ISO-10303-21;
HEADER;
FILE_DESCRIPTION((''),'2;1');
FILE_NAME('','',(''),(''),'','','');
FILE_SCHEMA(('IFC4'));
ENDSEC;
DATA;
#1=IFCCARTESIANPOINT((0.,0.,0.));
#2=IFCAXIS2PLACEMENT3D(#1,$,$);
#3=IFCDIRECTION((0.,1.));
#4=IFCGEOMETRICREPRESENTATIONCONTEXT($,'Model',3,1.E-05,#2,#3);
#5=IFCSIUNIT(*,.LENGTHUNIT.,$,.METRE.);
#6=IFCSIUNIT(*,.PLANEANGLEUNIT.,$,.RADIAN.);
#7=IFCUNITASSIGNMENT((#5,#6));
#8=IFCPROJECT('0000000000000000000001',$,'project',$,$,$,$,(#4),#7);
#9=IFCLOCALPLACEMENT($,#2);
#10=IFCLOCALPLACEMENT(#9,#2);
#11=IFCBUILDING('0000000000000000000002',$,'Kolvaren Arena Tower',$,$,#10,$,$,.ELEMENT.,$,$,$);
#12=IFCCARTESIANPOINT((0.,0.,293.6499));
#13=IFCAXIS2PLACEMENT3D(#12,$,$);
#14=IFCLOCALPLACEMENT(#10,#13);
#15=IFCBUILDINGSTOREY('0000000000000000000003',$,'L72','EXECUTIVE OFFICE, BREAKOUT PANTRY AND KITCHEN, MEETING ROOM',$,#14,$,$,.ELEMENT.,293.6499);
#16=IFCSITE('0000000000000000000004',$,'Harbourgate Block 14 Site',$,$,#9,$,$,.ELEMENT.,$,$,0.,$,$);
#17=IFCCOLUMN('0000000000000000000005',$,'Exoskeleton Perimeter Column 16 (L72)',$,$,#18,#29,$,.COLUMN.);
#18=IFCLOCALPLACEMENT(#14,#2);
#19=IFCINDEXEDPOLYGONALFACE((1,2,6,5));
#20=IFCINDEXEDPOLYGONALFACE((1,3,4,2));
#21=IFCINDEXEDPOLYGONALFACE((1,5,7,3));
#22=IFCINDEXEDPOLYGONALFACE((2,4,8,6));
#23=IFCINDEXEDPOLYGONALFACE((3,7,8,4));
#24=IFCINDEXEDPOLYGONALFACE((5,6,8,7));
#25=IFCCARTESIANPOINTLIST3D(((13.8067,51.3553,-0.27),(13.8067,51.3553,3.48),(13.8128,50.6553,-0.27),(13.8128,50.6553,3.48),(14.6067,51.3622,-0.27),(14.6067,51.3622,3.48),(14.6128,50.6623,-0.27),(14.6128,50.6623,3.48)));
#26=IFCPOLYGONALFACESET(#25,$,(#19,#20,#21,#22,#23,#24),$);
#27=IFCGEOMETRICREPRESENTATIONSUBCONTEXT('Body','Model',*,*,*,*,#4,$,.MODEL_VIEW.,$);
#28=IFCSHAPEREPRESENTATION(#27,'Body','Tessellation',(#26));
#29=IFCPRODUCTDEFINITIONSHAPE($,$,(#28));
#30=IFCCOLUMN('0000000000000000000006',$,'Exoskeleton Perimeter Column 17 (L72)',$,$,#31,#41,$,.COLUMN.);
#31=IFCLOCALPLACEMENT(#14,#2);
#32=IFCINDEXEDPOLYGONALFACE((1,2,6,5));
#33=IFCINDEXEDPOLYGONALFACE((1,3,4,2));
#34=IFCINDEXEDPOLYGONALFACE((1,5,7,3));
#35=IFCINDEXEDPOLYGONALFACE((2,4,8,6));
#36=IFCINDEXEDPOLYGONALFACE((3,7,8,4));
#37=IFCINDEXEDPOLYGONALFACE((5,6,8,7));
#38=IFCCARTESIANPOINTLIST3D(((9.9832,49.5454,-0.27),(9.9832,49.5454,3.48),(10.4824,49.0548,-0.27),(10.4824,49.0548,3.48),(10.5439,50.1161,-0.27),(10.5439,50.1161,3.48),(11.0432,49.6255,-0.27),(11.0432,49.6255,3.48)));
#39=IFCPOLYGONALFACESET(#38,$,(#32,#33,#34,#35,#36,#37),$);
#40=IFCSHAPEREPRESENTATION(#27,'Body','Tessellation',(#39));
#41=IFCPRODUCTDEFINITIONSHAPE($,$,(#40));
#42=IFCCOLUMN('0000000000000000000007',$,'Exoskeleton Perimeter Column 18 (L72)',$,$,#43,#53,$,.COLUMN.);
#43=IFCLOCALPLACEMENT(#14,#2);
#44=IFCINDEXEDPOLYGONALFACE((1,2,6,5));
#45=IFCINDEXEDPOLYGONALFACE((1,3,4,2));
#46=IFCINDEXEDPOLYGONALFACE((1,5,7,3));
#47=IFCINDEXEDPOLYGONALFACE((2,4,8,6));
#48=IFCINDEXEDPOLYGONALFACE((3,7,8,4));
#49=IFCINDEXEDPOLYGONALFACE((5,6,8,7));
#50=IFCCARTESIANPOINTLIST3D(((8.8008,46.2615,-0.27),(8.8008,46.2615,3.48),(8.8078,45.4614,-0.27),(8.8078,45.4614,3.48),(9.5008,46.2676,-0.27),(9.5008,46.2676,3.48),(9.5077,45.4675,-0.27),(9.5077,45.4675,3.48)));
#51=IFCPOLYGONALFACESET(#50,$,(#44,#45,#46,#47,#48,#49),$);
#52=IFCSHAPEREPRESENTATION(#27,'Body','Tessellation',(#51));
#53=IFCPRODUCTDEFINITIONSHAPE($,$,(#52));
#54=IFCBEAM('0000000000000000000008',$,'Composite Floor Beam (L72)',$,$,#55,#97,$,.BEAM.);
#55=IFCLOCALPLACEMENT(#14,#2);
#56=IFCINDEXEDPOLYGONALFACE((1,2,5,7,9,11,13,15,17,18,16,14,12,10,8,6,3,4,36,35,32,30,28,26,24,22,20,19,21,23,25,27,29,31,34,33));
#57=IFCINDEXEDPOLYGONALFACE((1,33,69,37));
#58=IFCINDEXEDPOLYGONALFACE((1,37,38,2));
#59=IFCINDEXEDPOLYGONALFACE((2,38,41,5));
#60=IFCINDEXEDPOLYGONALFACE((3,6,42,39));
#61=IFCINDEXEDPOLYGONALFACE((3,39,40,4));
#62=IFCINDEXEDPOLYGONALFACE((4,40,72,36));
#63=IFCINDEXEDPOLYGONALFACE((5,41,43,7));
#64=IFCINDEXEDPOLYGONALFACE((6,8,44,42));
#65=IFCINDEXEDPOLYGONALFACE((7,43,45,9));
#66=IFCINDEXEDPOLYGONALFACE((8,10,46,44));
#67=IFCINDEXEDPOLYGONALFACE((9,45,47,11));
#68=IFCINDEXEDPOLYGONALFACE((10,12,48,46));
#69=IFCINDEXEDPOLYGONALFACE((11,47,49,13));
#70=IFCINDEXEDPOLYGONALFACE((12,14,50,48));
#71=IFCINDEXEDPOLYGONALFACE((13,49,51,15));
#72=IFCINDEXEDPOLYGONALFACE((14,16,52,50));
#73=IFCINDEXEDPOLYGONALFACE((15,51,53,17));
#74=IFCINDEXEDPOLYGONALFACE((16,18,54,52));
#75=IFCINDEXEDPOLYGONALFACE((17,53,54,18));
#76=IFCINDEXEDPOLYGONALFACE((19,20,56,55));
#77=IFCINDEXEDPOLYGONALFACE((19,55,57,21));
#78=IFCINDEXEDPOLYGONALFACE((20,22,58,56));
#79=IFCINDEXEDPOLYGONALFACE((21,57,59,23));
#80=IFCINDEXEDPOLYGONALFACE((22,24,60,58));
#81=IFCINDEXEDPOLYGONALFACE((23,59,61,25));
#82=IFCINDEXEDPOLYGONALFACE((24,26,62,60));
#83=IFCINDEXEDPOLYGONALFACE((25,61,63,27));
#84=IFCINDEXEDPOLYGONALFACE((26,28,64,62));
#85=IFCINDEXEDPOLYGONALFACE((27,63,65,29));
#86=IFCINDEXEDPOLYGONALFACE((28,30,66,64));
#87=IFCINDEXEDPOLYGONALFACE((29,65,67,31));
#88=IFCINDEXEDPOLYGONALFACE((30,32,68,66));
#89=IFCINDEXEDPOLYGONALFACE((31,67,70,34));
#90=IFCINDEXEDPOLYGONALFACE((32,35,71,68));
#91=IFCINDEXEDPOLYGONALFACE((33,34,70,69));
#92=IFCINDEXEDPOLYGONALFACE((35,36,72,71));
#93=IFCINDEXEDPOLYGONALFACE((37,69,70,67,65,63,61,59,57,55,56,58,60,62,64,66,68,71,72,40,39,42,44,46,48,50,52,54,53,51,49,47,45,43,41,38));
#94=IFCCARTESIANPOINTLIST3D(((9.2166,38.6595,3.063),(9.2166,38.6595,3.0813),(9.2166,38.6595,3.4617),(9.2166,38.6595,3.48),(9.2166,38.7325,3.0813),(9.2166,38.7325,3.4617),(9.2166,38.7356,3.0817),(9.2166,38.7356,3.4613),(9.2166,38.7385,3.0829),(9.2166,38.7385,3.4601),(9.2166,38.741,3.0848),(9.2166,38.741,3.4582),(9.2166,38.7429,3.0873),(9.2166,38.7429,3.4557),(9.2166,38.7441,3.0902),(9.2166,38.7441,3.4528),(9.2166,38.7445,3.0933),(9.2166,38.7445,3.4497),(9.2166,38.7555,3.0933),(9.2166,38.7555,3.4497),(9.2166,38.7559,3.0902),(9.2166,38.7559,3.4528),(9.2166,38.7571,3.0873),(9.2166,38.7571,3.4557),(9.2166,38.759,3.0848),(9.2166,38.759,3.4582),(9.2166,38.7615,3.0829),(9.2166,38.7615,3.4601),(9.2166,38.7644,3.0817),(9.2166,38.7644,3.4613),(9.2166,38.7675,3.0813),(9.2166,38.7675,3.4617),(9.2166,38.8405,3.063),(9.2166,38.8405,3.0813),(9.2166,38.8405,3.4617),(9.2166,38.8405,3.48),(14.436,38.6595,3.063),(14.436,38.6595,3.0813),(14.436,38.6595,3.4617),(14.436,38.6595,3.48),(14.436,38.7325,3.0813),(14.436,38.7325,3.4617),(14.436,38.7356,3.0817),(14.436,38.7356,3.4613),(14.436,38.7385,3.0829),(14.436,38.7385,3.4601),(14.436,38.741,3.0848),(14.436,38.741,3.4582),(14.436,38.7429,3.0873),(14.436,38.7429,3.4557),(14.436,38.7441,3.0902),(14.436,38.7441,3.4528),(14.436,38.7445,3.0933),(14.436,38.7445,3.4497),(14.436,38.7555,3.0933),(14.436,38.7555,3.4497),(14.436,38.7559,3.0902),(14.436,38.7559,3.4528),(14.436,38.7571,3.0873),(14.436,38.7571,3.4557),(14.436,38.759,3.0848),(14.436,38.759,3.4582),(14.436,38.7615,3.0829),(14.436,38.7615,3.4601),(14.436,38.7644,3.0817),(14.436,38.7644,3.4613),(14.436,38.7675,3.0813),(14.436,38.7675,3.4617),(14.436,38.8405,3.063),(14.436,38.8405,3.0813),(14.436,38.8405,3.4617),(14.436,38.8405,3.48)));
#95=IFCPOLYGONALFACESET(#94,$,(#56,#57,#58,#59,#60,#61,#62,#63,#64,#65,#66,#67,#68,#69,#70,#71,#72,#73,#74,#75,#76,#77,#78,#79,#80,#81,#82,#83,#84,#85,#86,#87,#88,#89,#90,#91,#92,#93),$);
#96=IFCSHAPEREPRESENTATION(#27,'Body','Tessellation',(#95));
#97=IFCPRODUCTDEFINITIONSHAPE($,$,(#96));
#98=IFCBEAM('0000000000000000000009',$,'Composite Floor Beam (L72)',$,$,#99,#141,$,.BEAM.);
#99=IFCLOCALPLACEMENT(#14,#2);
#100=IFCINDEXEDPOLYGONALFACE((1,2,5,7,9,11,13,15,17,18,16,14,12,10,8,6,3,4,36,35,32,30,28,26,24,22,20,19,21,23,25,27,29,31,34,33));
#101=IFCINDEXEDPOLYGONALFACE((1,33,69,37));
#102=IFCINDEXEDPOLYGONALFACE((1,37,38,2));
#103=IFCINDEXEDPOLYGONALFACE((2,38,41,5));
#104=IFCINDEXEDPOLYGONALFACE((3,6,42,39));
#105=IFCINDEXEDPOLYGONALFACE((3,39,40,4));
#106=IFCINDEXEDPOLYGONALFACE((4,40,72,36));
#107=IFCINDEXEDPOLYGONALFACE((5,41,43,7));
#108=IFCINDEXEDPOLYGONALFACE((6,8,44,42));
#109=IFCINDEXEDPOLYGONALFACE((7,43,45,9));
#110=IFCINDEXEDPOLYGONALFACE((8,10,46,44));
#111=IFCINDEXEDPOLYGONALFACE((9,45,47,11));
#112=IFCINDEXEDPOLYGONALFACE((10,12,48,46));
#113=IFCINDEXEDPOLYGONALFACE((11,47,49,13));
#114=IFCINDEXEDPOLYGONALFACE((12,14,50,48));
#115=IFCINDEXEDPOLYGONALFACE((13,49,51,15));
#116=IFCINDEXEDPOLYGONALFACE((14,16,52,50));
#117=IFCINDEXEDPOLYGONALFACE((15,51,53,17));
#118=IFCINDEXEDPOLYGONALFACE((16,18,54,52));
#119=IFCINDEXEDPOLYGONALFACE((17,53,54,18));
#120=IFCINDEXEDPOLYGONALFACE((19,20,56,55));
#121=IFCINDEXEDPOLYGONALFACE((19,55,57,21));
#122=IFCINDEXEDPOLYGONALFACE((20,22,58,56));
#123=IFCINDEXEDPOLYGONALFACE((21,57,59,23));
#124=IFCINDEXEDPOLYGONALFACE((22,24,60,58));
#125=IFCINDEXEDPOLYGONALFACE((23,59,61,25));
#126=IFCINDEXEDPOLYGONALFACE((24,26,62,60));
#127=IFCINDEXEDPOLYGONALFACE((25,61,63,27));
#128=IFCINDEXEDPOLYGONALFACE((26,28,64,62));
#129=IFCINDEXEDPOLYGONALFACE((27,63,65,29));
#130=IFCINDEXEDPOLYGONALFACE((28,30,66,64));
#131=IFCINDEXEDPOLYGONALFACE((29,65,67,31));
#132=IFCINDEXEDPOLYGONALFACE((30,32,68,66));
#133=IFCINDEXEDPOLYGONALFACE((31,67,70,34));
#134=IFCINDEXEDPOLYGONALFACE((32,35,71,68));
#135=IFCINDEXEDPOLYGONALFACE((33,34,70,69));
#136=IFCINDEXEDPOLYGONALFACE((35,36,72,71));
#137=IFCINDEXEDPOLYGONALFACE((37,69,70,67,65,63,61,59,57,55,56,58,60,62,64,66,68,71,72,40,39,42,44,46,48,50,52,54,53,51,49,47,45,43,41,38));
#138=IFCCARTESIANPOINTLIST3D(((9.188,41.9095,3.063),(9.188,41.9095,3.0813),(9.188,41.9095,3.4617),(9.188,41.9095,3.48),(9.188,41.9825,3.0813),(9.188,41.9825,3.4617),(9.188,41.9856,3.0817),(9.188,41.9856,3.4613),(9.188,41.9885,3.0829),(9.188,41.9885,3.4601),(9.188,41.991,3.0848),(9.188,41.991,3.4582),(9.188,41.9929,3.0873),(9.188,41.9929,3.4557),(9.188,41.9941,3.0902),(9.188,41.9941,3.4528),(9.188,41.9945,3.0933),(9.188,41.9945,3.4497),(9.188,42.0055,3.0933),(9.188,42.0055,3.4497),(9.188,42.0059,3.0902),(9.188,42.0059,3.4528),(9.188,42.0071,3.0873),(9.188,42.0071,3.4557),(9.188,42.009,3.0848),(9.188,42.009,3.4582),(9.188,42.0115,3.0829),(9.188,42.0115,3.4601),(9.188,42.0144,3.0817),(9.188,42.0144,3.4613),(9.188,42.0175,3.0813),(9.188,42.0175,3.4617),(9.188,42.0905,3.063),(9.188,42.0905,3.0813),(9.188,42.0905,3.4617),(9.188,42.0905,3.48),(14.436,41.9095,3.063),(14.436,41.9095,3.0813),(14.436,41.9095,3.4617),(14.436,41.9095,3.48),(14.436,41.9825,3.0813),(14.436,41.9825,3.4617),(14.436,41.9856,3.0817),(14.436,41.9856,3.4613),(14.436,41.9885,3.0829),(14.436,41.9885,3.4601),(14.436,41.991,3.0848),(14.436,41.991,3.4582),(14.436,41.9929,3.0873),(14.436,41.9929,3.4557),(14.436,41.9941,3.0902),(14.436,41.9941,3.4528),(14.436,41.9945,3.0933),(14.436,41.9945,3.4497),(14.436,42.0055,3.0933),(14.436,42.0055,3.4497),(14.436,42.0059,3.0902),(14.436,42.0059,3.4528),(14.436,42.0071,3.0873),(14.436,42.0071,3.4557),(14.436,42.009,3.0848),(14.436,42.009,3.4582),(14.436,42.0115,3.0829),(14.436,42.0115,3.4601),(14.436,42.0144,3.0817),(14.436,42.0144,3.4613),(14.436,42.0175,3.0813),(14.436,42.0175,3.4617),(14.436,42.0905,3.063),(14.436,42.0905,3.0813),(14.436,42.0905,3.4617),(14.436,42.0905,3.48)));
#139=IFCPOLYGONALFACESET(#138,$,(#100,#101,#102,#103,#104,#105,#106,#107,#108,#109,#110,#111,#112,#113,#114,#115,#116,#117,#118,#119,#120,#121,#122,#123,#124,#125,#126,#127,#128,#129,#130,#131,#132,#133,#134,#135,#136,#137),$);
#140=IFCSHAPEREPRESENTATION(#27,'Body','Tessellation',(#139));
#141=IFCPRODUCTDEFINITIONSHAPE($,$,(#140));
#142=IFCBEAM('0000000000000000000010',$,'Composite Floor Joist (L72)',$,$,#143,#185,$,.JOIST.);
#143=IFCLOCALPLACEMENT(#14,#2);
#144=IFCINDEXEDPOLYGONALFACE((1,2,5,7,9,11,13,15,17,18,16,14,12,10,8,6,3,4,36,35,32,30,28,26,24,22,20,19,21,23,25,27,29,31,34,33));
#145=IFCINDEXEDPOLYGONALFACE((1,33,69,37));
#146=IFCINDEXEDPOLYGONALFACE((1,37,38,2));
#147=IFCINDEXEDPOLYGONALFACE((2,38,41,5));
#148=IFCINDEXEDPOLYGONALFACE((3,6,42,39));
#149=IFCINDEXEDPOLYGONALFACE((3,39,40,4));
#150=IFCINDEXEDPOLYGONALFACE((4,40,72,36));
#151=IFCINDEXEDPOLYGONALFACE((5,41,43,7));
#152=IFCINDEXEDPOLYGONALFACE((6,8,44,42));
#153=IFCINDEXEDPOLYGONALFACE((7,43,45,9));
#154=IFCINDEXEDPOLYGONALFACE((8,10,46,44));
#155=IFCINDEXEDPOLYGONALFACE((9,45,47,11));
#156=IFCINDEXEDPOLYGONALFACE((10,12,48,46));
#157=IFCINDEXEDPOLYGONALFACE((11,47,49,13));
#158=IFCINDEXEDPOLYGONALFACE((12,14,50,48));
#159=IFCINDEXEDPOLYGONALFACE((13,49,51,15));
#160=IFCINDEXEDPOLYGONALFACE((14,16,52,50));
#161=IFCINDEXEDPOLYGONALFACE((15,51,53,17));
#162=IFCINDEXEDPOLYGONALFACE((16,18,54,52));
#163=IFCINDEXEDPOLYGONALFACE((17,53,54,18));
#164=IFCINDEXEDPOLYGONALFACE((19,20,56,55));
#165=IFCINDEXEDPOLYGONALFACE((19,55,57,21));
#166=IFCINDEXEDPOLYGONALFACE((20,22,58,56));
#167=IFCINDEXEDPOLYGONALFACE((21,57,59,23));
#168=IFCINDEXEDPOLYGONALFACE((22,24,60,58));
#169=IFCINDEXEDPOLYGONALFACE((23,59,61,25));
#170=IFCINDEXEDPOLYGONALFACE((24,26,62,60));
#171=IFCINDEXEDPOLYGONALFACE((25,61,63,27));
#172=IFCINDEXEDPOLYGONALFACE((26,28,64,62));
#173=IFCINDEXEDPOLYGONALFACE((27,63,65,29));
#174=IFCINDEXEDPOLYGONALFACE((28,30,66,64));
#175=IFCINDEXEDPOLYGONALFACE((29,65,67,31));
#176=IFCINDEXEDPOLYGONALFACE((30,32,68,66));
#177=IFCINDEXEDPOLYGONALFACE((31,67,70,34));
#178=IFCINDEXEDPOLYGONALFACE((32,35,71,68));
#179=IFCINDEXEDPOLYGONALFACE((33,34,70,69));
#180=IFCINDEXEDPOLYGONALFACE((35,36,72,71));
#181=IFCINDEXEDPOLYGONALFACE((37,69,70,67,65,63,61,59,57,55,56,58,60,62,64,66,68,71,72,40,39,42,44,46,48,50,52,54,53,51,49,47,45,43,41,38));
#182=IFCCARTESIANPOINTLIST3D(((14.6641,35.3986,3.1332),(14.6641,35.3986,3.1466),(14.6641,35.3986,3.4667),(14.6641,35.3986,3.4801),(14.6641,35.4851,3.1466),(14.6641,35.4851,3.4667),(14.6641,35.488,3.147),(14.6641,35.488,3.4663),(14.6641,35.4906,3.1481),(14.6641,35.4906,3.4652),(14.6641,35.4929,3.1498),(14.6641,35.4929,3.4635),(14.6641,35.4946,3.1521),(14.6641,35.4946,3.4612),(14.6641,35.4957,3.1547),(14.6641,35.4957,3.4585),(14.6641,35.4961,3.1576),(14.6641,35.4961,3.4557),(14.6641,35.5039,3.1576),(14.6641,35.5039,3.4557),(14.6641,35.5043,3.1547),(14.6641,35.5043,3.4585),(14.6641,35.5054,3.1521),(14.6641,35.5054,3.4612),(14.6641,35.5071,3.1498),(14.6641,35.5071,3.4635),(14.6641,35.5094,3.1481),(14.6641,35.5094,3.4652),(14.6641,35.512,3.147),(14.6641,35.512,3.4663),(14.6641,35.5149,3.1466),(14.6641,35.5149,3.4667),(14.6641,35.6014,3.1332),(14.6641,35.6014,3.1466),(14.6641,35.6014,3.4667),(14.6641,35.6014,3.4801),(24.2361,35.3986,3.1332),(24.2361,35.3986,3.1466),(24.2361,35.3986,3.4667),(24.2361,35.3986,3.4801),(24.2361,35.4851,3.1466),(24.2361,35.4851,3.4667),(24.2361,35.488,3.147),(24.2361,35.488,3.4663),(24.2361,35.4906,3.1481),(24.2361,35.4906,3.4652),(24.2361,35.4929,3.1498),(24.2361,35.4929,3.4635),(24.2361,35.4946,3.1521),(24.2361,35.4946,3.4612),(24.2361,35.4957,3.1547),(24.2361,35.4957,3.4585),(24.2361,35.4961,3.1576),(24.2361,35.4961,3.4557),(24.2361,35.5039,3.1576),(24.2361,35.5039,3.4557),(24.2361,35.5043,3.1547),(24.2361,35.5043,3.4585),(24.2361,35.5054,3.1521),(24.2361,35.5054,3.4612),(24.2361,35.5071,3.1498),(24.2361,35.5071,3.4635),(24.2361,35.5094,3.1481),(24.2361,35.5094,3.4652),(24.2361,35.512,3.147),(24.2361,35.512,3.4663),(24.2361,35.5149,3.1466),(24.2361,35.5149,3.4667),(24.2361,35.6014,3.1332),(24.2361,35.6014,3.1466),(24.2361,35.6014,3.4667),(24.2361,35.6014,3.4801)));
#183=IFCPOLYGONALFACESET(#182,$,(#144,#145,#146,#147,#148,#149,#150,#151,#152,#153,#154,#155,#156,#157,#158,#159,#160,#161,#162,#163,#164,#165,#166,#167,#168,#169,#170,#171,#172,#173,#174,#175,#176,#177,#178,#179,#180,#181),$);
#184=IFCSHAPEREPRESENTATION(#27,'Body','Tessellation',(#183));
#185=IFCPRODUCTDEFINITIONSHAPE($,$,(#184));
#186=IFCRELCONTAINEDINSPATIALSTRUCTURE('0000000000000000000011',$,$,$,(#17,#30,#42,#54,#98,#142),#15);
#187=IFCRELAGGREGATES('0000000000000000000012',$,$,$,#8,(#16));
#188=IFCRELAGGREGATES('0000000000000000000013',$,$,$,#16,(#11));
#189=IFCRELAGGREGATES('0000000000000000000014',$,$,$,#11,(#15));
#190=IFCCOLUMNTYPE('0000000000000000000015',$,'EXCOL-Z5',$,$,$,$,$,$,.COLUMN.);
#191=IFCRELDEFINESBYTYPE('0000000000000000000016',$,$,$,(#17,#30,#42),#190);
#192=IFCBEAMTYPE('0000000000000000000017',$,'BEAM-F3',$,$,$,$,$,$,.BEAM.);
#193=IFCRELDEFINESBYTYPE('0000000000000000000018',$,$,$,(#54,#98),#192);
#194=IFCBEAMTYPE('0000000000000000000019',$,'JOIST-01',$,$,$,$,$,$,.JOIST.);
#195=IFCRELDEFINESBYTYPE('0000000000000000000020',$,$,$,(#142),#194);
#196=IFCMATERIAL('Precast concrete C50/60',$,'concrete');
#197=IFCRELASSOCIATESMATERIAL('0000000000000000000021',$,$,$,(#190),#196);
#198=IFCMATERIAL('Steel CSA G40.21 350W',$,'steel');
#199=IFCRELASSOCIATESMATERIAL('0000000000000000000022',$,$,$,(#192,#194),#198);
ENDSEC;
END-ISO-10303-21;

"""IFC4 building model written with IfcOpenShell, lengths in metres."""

from ifc_helpers import new_model, si_unit, direction, frame, origin, origin_2d, place, context, subcontext, project, spatial, rectangle, i_section, extrude, material, material_profile, profile_set, type_object, element, save


model = new_model("IFC4")

# Units and contexts
model_context = context("Model", 3, precision=1e-05, world=origin(), true_north=direction((0.0, 1.0)))
body_context = subcontext(model_context, "Body", "Model", "MODEL_VIEW")
ifc_project = project(units=[si_unit("LENGTHUNIT", "METRE"), si_unit("PLANEANGLEUNIT", "RADIAN")], contexts=[model_context])

# Site, building, storey
site_placement = place(None, origin())
site = spatial("IfcSite", under=ifc_project, at=site_placement, Name="Harbourgate Block 14 Site", CompositionType="ELEMENT", RefElevation=0.0)
building_placement = place(site_placement, origin())
building = spatial("IfcBuilding", under=site, at=building_placement, Name="Kolvaren Arena Tower", CompositionType="ELEMENT")
storey_placement = place(building_placement, frame((0.0, 0.0, 293.6499)))
storey = spatial("IfcBuildingStorey", under=building, at=storey_placement, Name="L72", Description="EXECUTIVE OFFICE, BREAKOUT PANTRY AND KITCHEN, MEETING ROOM", CompositionType="ELEMENT", Elevation=293.6499)

# Columns
ifc_material_1 = material(Name="Precast concrete C50/60", Category="concrete")
ifc_material_profile_1 = material_profile(ifc_material_1, rectangle(XDim=0.8, YDim=0.7, at=origin_2d()), Name="RC-800x700")
ifc_profile_set_1 = profile_set([ifc_material_profile_1], Name="Precast concrete C50/60")
column_type = type_object("IfcColumnType", Name="EXCOL-Z5", PredefinedType="COLUMN", material=ifc_profile_set_1)
for number, where, z_axis, x_axis, name in (
    (1, (14.2097, 51.0088, -0.27), (0.0, 0.0, 1.0), (0.999962, 0.008727, 0.0), "Exoskeleton Perimeter Column 16 (L72)"),
    (2, (10.5132, 49.5854, -0.27), (0.0, 0.0, 1.0), (0.700909, 0.71325, 0.0), "Exoskeleton Perimeter Column 17 (L72)"),
    (3, (9.1543, 45.8645, -0.27), (0.0, 0.0, 1.0), (-0.008727, 0.999962, 0.0), "Exoskeleton Perimeter Column 18 (L72)"),
):
    element("IfcColumn", number, at=place(storey_placement, frame(where, z_axis=z_axis, x_axis=x_axis)), inside=storey, type_object=column_type, Name=name, PredefinedType="COLUMN", context=body_context, shape_type="SweptSolid", body=[
        extrude(rectangle(XDim=0.8, YDim=0.7, at=origin_2d()), origin(), (0.0, 0.0, 1.0), 3.75),
    ])

# Beams
ifc_material_2 = material(Name="Steel CSA G40.21 350W", Category="steel")
ifc_material_profile_2 = material_profile(ifc_material_2, i_section(OverallWidth=0.1809, OverallDepth=0.417, WebThickness=0.011, FlangeThickness=0.0183, FilletRadius=0.012, at=origin_2d()), Name="W410x85")
ifc_profile_set_2 = profile_set([ifc_material_profile_2], Name="Steel CSA G40.21 350W")
beam_type_1 = type_object("IfcBeamType", Name="BEAM-F3", PredefinedType="BEAM", material=ifc_profile_set_2)
beam_1_placement = place(storey_placement, frame((9.2166, 38.75, 3.2715), z_axis=(1.0, 0.0, 0.0), x_axis=(0.0, 1.0, 0.0)))
element("IfcBeam", 4, at=beam_1_placement, inside=storey, type_object=beam_type_1, Name="Composite Floor Beam (L72)", PredefinedType="BEAM", context=body_context, shape_type="SweptSolid", body=[
    extrude(i_section(OverallWidth=0.1809, OverallDepth=0.417, WebThickness=0.011, FlangeThickness=0.0183, FilletRadius=0.012, at=origin_2d()), origin(), (0.0, 0.0, 1.0), 5.2195),
])
beam_2_placement = place(storey_placement, frame((9.188, 42.0, 3.2715), z_axis=(1.0, 0.0, 0.0), x_axis=(0.0, 1.0, 0.0)))
element("IfcBeam", 5, at=beam_2_placement, inside=storey, type_object=beam_type_1, Name="Composite Floor Beam (L72)", PredefinedType="BEAM", context=body_context, shape_type="SweptSolid", body=[
    extrude(i_section(OverallWidth=0.1809, OverallDepth=0.417, WebThickness=0.011, FlangeThickness=0.0183, FilletRadius=0.012, at=origin_2d()), origin(), (0.0, 0.0, 1.0), 5.248),
])
ifc_material_profile_3 = material_profile(ifc_material_2, i_section(OverallWidth=0.2029, OverallDepth=0.3469, WebThickness=0.0078, FlangeThickness=0.0134, FilletRadius=0.011, at=origin_2d()), Name="W360x64")
ifc_profile_set_3 = profile_set([ifc_material_profile_3], Name="Steel CSA G40.21 350W")
beam_type_2 = type_object("IfcBeamType", Name="JOIST-01", PredefinedType="JOIST", material=ifc_profile_set_3)
for number, where, z_axis, x_axis, name in (
    (6, (14.6641, 35.5, 3.3066), (1.0, 0.0, 0.0), (0.0, 1.0, 0.0), "Composite Floor Joist (L72)"),
):
    element("IfcBeam", number, at=place(storey_placement, frame(where, z_axis=z_axis, x_axis=x_axis)), inside=storey, type_object=beam_type_2, Name=name, PredefinedType="JOIST", context=body_context, shape_type="SweptSolid", body=[
        extrude(i_section(OverallWidth=0.2029, OverallDepth=0.3469, WebThickness=0.0078, FlangeThickness=0.0134, FilletRadius=0.011, at=origin_2d()), origin(), (0.0, 0.0, 1.0), 9.572),
    ])

save(model, "model.ifc")
